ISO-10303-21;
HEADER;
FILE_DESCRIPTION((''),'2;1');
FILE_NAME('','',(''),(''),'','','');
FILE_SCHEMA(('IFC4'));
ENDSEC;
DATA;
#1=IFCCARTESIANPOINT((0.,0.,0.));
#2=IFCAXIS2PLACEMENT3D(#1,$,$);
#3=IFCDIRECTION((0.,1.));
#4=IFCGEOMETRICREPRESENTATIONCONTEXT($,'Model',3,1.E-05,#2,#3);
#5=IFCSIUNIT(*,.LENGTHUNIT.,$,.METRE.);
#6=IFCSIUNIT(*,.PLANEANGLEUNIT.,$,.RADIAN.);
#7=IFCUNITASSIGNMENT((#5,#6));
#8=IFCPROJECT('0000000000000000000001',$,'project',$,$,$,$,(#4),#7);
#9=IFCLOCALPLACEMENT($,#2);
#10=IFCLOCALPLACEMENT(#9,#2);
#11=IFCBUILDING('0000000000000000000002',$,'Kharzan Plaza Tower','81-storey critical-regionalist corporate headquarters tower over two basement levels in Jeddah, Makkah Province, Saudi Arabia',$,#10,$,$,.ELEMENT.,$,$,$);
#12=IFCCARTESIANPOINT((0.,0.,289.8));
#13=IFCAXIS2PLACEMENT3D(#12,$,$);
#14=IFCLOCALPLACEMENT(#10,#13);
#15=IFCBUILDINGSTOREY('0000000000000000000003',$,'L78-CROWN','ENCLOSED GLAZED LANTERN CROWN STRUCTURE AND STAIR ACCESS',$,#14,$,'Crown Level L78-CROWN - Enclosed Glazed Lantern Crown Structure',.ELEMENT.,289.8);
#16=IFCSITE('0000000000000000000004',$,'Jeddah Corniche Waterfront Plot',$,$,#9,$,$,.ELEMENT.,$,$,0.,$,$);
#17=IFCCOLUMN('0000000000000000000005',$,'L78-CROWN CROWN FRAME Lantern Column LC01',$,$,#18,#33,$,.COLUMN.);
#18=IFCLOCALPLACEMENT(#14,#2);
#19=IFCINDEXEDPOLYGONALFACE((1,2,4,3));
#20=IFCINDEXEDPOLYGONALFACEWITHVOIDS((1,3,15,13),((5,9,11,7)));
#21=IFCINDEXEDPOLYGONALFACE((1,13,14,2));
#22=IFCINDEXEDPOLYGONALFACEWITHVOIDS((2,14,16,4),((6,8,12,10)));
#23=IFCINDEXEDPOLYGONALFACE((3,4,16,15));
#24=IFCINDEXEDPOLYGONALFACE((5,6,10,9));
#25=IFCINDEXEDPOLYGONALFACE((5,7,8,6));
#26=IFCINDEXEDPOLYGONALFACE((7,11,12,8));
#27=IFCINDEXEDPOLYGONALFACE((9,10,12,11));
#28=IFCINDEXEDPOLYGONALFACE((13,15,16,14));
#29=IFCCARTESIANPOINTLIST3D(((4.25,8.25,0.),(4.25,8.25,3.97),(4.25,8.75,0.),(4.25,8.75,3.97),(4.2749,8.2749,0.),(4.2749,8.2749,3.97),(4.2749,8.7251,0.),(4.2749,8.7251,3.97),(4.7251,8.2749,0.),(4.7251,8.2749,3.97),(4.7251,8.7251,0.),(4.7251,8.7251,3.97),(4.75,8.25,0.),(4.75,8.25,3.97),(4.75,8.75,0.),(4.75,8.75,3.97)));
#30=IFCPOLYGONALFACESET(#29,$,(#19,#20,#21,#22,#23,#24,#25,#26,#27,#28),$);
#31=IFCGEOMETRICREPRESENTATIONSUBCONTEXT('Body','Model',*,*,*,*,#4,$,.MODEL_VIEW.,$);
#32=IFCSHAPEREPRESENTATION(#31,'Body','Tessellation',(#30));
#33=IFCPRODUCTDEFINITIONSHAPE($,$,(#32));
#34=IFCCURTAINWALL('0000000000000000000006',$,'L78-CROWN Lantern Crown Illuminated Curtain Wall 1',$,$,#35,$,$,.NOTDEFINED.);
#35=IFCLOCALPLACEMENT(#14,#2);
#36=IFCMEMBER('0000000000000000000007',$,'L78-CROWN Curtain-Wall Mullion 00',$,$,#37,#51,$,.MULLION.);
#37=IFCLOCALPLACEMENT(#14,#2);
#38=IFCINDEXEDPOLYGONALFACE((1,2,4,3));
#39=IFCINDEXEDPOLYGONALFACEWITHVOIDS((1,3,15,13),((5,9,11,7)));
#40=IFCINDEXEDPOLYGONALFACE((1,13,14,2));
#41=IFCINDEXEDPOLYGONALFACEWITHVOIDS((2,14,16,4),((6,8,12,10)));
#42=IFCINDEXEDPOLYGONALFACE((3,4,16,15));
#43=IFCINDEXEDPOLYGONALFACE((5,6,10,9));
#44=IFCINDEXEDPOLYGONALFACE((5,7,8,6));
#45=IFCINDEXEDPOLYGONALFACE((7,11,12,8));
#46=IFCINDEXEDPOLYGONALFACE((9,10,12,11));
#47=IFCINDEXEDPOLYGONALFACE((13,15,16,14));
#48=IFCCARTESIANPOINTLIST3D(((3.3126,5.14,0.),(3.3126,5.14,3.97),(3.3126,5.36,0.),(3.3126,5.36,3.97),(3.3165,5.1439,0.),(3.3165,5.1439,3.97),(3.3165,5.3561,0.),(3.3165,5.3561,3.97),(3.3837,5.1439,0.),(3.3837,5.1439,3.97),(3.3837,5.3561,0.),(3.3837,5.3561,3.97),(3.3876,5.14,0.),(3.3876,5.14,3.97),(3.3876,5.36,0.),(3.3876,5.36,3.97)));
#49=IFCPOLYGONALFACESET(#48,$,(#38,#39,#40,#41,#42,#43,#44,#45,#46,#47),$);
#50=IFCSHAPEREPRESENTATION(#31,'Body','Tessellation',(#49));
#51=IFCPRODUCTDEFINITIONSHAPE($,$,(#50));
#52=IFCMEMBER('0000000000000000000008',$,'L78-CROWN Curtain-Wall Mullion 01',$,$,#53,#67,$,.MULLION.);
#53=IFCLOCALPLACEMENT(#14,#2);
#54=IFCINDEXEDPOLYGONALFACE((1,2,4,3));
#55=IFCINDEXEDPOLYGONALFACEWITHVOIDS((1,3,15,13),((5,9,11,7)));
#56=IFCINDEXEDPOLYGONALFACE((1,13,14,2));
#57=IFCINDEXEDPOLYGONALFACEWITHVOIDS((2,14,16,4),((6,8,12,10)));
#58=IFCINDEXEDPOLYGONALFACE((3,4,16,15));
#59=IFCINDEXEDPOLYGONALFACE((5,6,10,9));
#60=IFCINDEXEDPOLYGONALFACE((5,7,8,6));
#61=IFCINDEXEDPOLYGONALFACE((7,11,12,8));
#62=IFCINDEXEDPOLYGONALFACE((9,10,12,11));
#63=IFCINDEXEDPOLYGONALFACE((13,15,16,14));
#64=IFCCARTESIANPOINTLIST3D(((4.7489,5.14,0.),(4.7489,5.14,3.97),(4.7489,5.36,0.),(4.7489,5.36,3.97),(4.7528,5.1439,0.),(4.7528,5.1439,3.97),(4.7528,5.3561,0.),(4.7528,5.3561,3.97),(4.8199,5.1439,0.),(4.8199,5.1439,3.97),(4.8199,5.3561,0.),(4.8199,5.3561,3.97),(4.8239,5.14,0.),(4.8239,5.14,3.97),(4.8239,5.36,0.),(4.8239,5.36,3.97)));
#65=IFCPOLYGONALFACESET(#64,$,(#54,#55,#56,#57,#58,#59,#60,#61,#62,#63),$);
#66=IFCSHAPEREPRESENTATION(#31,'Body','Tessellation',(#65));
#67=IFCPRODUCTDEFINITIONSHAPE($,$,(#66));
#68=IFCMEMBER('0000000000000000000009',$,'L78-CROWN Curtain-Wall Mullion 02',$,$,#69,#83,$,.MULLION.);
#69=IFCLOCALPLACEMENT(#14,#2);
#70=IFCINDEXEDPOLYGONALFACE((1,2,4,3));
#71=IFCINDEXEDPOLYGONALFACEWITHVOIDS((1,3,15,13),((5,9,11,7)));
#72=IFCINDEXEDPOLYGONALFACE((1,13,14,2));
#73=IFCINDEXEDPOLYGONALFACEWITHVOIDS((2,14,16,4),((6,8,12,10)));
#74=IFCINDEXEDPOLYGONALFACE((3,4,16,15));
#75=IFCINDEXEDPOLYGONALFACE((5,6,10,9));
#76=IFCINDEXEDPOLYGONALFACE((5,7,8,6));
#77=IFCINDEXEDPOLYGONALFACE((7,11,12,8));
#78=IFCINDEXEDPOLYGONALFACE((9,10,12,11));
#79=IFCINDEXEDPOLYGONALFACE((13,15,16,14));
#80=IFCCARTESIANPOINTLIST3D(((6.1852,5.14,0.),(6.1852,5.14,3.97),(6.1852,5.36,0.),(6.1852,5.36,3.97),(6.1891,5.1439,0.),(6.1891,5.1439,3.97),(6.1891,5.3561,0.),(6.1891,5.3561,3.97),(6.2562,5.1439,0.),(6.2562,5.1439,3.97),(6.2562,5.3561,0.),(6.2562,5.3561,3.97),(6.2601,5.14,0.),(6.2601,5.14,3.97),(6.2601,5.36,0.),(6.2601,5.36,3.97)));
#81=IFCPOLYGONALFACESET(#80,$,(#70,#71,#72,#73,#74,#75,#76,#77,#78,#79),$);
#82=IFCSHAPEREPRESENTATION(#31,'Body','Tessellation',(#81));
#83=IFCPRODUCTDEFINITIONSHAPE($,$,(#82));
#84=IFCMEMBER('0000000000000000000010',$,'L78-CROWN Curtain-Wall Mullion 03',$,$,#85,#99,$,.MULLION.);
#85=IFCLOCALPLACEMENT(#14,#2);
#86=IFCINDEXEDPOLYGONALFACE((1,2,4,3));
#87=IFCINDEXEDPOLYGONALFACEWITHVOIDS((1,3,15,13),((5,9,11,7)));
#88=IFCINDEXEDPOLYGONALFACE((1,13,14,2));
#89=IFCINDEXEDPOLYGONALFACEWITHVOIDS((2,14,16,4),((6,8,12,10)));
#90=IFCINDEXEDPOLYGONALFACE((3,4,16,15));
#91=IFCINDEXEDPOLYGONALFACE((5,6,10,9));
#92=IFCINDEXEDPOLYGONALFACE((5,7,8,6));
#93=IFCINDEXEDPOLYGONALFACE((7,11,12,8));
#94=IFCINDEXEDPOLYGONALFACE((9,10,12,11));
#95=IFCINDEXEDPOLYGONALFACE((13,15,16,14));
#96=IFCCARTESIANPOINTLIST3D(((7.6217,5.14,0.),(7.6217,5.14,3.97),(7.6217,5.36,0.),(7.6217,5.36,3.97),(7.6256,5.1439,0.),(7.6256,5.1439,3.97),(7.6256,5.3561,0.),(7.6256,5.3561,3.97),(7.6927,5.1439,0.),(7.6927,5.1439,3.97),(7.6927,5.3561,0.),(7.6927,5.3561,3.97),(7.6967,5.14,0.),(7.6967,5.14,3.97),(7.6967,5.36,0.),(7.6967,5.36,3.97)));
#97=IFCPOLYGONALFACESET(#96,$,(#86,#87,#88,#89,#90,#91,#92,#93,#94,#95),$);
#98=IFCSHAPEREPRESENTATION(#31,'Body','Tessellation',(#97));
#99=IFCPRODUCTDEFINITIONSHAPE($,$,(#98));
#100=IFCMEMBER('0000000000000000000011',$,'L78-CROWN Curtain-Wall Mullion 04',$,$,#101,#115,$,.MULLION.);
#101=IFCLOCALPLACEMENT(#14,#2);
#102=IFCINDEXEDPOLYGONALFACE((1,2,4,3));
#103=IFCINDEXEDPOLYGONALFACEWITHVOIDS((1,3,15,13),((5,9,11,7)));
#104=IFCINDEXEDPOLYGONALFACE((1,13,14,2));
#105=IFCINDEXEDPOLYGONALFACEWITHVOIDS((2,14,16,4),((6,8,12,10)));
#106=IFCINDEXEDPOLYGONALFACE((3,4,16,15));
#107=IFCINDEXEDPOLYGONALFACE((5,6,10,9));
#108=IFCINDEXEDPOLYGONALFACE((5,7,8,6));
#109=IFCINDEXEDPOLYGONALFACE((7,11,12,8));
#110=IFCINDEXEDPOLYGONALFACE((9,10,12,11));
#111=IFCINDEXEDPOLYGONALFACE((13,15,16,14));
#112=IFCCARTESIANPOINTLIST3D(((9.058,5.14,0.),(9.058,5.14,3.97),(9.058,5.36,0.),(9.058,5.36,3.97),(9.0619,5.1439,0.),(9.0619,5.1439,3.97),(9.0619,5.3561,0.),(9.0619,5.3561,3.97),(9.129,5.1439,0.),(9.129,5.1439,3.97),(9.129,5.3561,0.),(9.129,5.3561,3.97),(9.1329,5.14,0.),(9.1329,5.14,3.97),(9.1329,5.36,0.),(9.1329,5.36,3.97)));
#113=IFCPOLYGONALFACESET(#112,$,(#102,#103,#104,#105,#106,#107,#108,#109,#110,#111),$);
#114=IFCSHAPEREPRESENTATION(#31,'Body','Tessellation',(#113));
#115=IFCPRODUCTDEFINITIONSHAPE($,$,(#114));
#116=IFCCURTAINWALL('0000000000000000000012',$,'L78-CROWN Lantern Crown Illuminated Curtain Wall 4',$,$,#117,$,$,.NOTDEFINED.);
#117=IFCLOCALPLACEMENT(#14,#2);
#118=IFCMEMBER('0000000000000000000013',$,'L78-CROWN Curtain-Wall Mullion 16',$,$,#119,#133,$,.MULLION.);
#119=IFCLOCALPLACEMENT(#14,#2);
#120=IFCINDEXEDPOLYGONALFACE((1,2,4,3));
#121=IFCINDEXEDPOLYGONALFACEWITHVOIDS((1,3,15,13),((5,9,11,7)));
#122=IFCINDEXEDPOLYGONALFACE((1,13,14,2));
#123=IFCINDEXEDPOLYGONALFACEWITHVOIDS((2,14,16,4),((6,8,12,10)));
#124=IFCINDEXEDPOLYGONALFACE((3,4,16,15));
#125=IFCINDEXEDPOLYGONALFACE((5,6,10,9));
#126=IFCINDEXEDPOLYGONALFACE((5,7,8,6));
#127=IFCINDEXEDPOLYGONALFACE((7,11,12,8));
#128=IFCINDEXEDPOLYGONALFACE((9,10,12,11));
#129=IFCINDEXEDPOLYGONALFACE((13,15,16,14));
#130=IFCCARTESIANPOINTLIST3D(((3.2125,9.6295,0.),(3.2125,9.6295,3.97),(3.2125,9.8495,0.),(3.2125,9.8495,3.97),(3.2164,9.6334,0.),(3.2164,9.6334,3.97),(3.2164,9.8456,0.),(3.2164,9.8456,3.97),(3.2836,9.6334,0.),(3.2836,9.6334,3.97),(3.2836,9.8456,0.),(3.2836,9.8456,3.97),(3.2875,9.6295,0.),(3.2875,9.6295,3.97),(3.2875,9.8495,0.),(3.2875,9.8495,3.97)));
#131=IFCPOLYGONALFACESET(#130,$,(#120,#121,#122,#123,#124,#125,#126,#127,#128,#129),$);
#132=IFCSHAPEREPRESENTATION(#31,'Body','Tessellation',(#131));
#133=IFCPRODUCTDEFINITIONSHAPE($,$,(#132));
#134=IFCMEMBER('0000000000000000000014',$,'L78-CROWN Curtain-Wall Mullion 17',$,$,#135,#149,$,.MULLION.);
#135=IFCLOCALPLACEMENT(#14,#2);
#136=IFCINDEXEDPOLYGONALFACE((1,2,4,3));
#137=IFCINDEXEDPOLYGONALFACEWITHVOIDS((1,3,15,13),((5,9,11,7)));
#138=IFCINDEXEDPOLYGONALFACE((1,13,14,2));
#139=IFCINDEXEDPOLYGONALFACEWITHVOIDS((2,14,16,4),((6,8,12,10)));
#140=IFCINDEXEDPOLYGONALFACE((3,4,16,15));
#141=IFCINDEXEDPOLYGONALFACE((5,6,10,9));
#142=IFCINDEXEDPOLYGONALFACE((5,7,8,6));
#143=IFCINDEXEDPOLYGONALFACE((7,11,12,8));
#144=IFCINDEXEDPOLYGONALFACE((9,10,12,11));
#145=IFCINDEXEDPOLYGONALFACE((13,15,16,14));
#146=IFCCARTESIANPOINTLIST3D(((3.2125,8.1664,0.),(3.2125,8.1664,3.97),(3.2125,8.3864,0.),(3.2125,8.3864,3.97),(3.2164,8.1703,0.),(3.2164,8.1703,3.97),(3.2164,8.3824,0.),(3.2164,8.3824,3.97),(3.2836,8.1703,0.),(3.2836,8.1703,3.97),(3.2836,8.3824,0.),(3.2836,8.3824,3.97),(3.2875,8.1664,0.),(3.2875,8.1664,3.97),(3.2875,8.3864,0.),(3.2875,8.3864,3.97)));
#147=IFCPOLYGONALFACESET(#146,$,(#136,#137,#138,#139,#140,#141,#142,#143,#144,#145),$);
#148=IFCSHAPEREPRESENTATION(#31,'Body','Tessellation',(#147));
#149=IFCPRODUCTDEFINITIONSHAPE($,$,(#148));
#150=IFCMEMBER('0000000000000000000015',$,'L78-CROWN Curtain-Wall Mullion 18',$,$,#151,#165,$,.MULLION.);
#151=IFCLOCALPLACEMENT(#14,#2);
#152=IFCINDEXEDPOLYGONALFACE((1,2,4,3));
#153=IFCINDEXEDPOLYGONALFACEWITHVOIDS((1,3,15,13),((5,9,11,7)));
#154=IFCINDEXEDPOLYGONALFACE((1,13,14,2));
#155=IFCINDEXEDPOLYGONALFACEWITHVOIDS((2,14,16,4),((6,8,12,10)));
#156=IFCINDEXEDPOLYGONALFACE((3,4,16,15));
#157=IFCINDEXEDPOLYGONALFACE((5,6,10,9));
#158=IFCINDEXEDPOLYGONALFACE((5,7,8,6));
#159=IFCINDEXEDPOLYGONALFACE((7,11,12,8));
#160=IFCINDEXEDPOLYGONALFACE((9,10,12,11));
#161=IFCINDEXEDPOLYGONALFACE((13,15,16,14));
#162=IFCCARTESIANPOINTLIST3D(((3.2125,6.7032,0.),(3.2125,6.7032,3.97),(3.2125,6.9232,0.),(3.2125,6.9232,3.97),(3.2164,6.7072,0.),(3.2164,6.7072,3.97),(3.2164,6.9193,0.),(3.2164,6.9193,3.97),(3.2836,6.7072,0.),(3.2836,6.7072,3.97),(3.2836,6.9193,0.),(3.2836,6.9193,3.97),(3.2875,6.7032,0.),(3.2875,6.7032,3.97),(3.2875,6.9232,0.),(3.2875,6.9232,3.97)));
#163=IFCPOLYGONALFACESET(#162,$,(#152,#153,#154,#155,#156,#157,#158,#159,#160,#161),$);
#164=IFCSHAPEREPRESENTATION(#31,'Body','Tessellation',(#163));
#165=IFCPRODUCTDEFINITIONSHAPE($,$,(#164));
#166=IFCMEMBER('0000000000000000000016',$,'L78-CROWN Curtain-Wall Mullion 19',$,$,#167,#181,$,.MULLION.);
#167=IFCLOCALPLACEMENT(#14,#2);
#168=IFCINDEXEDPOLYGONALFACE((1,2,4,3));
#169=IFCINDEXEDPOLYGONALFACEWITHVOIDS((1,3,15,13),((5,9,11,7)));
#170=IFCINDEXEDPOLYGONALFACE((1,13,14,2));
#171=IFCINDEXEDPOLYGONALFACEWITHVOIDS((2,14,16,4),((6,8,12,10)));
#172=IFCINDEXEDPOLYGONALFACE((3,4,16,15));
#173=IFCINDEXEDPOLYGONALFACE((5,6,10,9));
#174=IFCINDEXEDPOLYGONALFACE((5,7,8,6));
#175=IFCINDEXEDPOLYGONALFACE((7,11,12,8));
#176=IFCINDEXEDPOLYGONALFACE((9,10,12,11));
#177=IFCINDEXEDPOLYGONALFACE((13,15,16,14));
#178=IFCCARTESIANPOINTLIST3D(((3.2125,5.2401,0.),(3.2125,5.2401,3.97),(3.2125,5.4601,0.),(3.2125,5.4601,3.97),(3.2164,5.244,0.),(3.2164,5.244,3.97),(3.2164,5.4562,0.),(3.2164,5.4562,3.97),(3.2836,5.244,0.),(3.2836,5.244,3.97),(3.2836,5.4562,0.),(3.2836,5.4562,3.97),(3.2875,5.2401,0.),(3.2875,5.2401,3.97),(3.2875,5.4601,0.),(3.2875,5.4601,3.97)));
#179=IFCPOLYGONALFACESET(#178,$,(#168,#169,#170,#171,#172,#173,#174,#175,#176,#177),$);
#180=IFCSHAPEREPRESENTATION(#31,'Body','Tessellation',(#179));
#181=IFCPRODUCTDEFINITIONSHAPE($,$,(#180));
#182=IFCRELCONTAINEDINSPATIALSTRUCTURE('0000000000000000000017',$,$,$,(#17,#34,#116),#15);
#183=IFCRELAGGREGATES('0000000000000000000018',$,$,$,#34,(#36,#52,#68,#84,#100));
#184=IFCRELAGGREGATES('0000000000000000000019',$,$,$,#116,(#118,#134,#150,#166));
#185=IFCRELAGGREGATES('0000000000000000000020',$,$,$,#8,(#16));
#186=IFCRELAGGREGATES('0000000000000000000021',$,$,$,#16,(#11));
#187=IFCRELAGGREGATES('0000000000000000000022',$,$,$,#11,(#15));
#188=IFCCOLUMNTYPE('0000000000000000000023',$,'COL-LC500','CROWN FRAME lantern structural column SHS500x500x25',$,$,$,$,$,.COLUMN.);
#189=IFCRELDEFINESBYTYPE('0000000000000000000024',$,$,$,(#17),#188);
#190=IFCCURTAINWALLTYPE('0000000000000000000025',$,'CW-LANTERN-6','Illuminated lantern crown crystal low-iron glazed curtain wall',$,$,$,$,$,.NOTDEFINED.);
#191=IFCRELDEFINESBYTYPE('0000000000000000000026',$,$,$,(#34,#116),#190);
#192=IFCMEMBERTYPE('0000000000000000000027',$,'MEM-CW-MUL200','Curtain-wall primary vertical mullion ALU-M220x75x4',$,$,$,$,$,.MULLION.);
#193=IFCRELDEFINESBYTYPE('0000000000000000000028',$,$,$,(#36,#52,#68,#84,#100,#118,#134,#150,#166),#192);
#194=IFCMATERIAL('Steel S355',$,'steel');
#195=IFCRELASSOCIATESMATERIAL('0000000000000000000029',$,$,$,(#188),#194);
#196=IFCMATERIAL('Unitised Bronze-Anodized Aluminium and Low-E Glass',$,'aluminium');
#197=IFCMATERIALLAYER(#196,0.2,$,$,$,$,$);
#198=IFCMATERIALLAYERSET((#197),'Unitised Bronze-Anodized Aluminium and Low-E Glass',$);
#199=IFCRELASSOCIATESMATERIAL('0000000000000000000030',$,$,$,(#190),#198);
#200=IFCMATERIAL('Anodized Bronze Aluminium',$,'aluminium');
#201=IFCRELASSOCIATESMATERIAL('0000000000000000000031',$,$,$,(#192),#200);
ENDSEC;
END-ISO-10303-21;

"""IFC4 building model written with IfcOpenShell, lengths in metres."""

from ifc_helpers import new_model, si_unit, direction, frame, origin, origin_2d, place, context, subcontext, project, spatial, hollow_rectangle, extrude, source, transform, mapped, material, layer, layer_set, material_profile, profile_set, type_object, element, aggregate, save


model = new_model("IFC4")

# Units and contexts
model_context = context("Model", 3, precision=1e-05, world=origin(), true_north=direction((0.0, 1.0)))
body_context = subcontext(model_context, "Body", "Model", "MODEL_VIEW")
ifc_project = project(units=[si_unit("LENGTHUNIT", "METRE"), si_unit("PLANEANGLEUNIT", "RADIAN")], contexts=[model_context])

# Site, building, storey
site_placement = place(None, origin())
site = spatial("IfcSite", under=ifc_project, at=site_placement, Name="Jeddah Corniche Waterfront Plot", CompositionType="ELEMENT", RefElevation=0.0)
building_placement = place(site_placement, origin())
building = spatial("IfcBuilding", under=site, at=building_placement, Name="Kharzan Plaza Tower", Description="81-storey critical-regionalist corporate headquarters tower over two basement levels in Jeddah, Makkah Province, Saudi Arabia", CompositionType="ELEMENT")
storey_placement = place(building_placement, frame((0.0, 0.0, 289.8)))
storey = spatial("IfcBuildingStorey", under=building, at=storey_placement, Name="L78-CROWN", Description="ENCLOSED GLAZED LANTERN CROWN STRUCTURE AND STAIR ACCESS", LongName="Crown Level L78-CROWN - Enclosed Glazed Lantern Crown Structure", CompositionType="ELEMENT", Elevation=289.8)

# Column
ifc_material_1 = material(Name="Steel S355", Category="steel")
ifc_material_profile_1 = material_profile(ifc_material_1, hollow_rectangle(XDim=0.5, YDim=0.5, WallThickness=0.0249, at=origin_2d()), Name="SHS500x500x25")
ifc_profile_set_1 = profile_set([ifc_material_profile_1], Name="Steel S355")
column_type = type_object("IfcColumnType", Name="COL-LC500", Description="CROWN FRAME lantern structural column SHS500x500x25", PredefinedType="COLUMN", material=ifc_profile_set_1)
shared_shape_1 = source(origin(), body_context, "Body", "SweptSolid", [
    extrude(hollow_rectangle(XDim=0.5, YDim=0.5, WallThickness=0.0249, at=origin_2d()), origin(), (0.0, 0.0, 1.0), 3.97),
])
column_placement = place(storey_placement, frame((4.5, 8.5, 0.0), z_axis=(0.0, 0.0, 1.0), x_axis=(1.0, 0.0, 0.0)))
element("IfcColumn", 1, at=column_placement, inside=storey, type_object=column_type, Name="L78-CROWN CROWN FRAME Lantern Column LC01", PredefinedType="COLUMN", context=body_context, shape_type="MappedRepresentation", body=[
    mapped(shared_shape_1, transform((0.0, 0.0, 0.0), x_axis=(1.0, 0.0, 0.0), y_axis=(0.0, 1.0, 0.0), z_axis=(0.0, 0.0, 1.0))),
])

# Curtain walls, members
ifc_material_2 = material(Name="Unitised Bronze-Anodized Aluminium and Low-E Glass", Category="aluminium")
ifc_layer_1 = layer(ifc_material_2, 0.2)
ifc_layer_set_1 = layer_set([ifc_layer_1], Name="Unitised Bronze-Anodized Aluminium and Low-E Glass")
curtain_wall_type = type_object("IfcCurtainWallType", Name="CW-LANTERN-6", Description="Illuminated lantern crown crystal low-iron glazed curtain wall", PredefinedType="NOTDEFINED", material=ifc_layer_set_1)
curtain_wall_1_placement = place(storey_placement, origin())
curtain_wall_1 = element("IfcCurtainWall", 2, at=curtain_wall_1_placement, inside=storey, type_object=curtain_wall_type, Name="L78-CROWN Lantern Crown Illuminated Curtain Wall 1", PredefinedType="NOTDEFINED")
ifc_material_3 = material(Name="Anodized Bronze Aluminium", Category="aluminium")
ifc_material_profile_2 = material_profile(ifc_material_3, hollow_rectangle(XDim=0.075, YDim=0.22, WallThickness=0.0039, at=origin_2d()), Name="ALU-M220x75x4")
ifc_profile_set_2 = profile_set([ifc_material_profile_2], Name="Anodized Bronze Aluminium")
member_type_1 = type_object("IfcMemberType", Name="MEM-CW-MUL200", Description="Curtain-wall primary vertical mullion ALU-M220x75x4", PredefinedType="MULLION", material=ifc_profile_set_2)
shared_shape_2 = source(origin(), body_context, "Body", "SweptSolid", [
    extrude(hollow_rectangle(XDim=0.075, YDim=0.22, WallThickness=0.0039, at=origin_2d()), origin(), (0.0, 0.0, 1.0), 3.97),
])
member_1_placement = place(storey_placement, frame((3.3501, 5.25, 0.0), z_axis=(0.0, 0.0, 1.0), x_axis=(1.0, 0.0, 0.0)))
member_1 = element("IfcMember", 3, at=member_1_placement, type_object=member_type_1, Name="L78-CROWN Curtain-Wall Mullion 00", PredefinedType="MULLION", context=body_context, shape_type="MappedRepresentation", body=[
    mapped(shared_shape_2, transform((0.0, 0.0, 0.0), x_axis=(1.0, 0.0, 0.0), y_axis=(0.0, 1.0, 0.0), z_axis=(0.0, 0.0, 1.0))),
])
member_2_placement = place(storey_placement, frame((4.7864, 5.25, 0.0), z_axis=(0.0, 0.0, 1.0), x_axis=(1.0, 0.0, 0.0)))
member_2 = element("IfcMember", 4, at=member_2_placement, type_object=member_type_1, Name="L78-CROWN Curtain-Wall Mullion 01", PredefinedType="MULLION", context=body_context, shape_type="MappedRepresentation", body=[
    mapped(shared_shape_2, transform((0.0, 0.0, 0.0), x_axis=(1.0, 0.0, 0.0), y_axis=(0.0, 1.0, 0.0), z_axis=(0.0, 0.0, 1.0))),
])
member_3_placement = place(storey_placement, frame((6.2227, 5.25, 0.0), z_axis=(0.0, 0.0, 1.0), x_axis=(1.0, 0.0, 0.0)))
member_3 = element("IfcMember", 5, at=member_3_placement, type_object=member_type_1, Name="L78-CROWN Curtain-Wall Mullion 02", PredefinedType="MULLION", context=body_context, shape_type="MappedRepresentation", body=[
    mapped(shared_shape_2, transform((0.0, 0.0, 0.0), x_axis=(1.0, 0.0, 0.0), y_axis=(0.0, 1.0, 0.0), z_axis=(0.0, 0.0, 1.0))),
])
member_4_placement = place(storey_placement, frame((7.6592, 5.25, 0.0), z_axis=(0.0, 0.0, 1.0), x_axis=(1.0, 0.0, 0.0)))
member_4 = element("IfcMember", 6, at=member_4_placement, type_object=member_type_1, Name="L78-CROWN Curtain-Wall Mullion 03", PredefinedType="MULLION", context=body_context, shape_type="MappedRepresentation", body=[
    mapped(shared_shape_2, transform((0.0, 0.0, 0.0), x_axis=(1.0, 0.0, 0.0), y_axis=(0.0, 1.0, 0.0), z_axis=(0.0, 0.0, 1.0))),
])
member_5_placement = place(storey_placement, frame((9.0955, 5.25, 0.0), z_axis=(0.0, 0.0, 1.0), x_axis=(1.0, 0.0, 0.0)))
member_5 = element("IfcMember", 7, at=member_5_placement, type_object=member_type_1, Name="L78-CROWN Curtain-Wall Mullion 04", PredefinedType="MULLION", context=body_context, shape_type="MappedRepresentation", body=[
    mapped(shared_shape_2, transform((0.0, 0.0, 0.0), x_axis=(1.0, 0.0, 0.0), y_axis=(0.0, 1.0, 0.0), z_axis=(0.0, 0.0, 1.0))),
])
curtain_wall_2_placement = place(storey_placement, origin())
curtain_wall_2 = element("IfcCurtainWall", 8, at=curtain_wall_2_placement, inside=storey, type_object=curtain_wall_type, Name="L78-CROWN Lantern Crown Illuminated Curtain Wall 4", PredefinedType="NOTDEFINED")
member_6_placement = place(storey_placement, frame((3.25, 9.7395, 0.0), z_axis=(0.0, 0.0, 1.0), x_axis=(1.0, 0.0, 0.0)))
member_6 = element("IfcMember", 9, at=member_6_placement, type_object=member_type_1, Name="L78-CROWN Curtain-Wall Mullion 16", PredefinedType="MULLION", context=body_context, shape_type="MappedRepresentation", body=[
    mapped(shared_shape_2, transform((0.0, 0.0, 0.0), x_axis=(1.0, 0.0, 0.0), y_axis=(0.0, 1.0, 0.0), z_axis=(0.0, 0.0, 1.0))),
])
member_7_placement = place(storey_placement, frame((3.25, 8.2764, 0.0), z_axis=(0.0, 0.0, 1.0), x_axis=(1.0, 0.0, 0.0)))
member_7 = element("IfcMember", 10, at=member_7_placement, type_object=member_type_1, Name="L78-CROWN Curtain-Wall Mullion 17", PredefinedType="MULLION", context=body_context, shape_type="MappedRepresentation", body=[
    mapped(shared_shape_2, transform((0.0, 0.0, 0.0), x_axis=(1.0, 0.0, 0.0), y_axis=(0.0, 1.0, 0.0), z_axis=(0.0, 0.0, 1.0))),
])
member_8_placement = place(storey_placement, frame((3.25, 6.8132, 0.0), z_axis=(0.0, 0.0, 1.0), x_axis=(1.0, 0.0, 0.0)))
member_8 = element("IfcMember", 11, at=member_8_placement, type_object=member_type_1, Name="L78-CROWN Curtain-Wall Mullion 18", PredefinedType="MULLION", context=body_context, shape_type="MappedRepresentation", body=[
    mapped(shared_shape_2, transform((0.0, 0.0, 0.0), x_axis=(1.0, 0.0, 0.0), y_axis=(0.0, 1.0, 0.0), z_axis=(0.0, 0.0, 1.0))),
])
member_9_placement = place(storey_placement, frame((3.25, 5.3501, 0.0), z_axis=(0.0, 0.0, 1.0), x_axis=(1.0, 0.0, 0.0)))
member_9 = element("IfcMember", 12, at=member_9_placement, type_object=member_type_1, Name="L78-CROWN Curtain-Wall Mullion 19", PredefinedType="MULLION", context=body_context, shape_type="MappedRepresentation", body=[
    mapped(shared_shape_2, transform((0.0, 0.0, 0.0), x_axis=(1.0, 0.0, 0.0), y_axis=(0.0, 1.0, 0.0), z_axis=(0.0, 0.0, 1.0))),
])

aggregate(curtain_wall_1, [member_1, member_2, member_3, member_4, member_5])
aggregate(curtain_wall_2, [member_6, member_7, member_8, member_9])

save(model, "model.ifc")
